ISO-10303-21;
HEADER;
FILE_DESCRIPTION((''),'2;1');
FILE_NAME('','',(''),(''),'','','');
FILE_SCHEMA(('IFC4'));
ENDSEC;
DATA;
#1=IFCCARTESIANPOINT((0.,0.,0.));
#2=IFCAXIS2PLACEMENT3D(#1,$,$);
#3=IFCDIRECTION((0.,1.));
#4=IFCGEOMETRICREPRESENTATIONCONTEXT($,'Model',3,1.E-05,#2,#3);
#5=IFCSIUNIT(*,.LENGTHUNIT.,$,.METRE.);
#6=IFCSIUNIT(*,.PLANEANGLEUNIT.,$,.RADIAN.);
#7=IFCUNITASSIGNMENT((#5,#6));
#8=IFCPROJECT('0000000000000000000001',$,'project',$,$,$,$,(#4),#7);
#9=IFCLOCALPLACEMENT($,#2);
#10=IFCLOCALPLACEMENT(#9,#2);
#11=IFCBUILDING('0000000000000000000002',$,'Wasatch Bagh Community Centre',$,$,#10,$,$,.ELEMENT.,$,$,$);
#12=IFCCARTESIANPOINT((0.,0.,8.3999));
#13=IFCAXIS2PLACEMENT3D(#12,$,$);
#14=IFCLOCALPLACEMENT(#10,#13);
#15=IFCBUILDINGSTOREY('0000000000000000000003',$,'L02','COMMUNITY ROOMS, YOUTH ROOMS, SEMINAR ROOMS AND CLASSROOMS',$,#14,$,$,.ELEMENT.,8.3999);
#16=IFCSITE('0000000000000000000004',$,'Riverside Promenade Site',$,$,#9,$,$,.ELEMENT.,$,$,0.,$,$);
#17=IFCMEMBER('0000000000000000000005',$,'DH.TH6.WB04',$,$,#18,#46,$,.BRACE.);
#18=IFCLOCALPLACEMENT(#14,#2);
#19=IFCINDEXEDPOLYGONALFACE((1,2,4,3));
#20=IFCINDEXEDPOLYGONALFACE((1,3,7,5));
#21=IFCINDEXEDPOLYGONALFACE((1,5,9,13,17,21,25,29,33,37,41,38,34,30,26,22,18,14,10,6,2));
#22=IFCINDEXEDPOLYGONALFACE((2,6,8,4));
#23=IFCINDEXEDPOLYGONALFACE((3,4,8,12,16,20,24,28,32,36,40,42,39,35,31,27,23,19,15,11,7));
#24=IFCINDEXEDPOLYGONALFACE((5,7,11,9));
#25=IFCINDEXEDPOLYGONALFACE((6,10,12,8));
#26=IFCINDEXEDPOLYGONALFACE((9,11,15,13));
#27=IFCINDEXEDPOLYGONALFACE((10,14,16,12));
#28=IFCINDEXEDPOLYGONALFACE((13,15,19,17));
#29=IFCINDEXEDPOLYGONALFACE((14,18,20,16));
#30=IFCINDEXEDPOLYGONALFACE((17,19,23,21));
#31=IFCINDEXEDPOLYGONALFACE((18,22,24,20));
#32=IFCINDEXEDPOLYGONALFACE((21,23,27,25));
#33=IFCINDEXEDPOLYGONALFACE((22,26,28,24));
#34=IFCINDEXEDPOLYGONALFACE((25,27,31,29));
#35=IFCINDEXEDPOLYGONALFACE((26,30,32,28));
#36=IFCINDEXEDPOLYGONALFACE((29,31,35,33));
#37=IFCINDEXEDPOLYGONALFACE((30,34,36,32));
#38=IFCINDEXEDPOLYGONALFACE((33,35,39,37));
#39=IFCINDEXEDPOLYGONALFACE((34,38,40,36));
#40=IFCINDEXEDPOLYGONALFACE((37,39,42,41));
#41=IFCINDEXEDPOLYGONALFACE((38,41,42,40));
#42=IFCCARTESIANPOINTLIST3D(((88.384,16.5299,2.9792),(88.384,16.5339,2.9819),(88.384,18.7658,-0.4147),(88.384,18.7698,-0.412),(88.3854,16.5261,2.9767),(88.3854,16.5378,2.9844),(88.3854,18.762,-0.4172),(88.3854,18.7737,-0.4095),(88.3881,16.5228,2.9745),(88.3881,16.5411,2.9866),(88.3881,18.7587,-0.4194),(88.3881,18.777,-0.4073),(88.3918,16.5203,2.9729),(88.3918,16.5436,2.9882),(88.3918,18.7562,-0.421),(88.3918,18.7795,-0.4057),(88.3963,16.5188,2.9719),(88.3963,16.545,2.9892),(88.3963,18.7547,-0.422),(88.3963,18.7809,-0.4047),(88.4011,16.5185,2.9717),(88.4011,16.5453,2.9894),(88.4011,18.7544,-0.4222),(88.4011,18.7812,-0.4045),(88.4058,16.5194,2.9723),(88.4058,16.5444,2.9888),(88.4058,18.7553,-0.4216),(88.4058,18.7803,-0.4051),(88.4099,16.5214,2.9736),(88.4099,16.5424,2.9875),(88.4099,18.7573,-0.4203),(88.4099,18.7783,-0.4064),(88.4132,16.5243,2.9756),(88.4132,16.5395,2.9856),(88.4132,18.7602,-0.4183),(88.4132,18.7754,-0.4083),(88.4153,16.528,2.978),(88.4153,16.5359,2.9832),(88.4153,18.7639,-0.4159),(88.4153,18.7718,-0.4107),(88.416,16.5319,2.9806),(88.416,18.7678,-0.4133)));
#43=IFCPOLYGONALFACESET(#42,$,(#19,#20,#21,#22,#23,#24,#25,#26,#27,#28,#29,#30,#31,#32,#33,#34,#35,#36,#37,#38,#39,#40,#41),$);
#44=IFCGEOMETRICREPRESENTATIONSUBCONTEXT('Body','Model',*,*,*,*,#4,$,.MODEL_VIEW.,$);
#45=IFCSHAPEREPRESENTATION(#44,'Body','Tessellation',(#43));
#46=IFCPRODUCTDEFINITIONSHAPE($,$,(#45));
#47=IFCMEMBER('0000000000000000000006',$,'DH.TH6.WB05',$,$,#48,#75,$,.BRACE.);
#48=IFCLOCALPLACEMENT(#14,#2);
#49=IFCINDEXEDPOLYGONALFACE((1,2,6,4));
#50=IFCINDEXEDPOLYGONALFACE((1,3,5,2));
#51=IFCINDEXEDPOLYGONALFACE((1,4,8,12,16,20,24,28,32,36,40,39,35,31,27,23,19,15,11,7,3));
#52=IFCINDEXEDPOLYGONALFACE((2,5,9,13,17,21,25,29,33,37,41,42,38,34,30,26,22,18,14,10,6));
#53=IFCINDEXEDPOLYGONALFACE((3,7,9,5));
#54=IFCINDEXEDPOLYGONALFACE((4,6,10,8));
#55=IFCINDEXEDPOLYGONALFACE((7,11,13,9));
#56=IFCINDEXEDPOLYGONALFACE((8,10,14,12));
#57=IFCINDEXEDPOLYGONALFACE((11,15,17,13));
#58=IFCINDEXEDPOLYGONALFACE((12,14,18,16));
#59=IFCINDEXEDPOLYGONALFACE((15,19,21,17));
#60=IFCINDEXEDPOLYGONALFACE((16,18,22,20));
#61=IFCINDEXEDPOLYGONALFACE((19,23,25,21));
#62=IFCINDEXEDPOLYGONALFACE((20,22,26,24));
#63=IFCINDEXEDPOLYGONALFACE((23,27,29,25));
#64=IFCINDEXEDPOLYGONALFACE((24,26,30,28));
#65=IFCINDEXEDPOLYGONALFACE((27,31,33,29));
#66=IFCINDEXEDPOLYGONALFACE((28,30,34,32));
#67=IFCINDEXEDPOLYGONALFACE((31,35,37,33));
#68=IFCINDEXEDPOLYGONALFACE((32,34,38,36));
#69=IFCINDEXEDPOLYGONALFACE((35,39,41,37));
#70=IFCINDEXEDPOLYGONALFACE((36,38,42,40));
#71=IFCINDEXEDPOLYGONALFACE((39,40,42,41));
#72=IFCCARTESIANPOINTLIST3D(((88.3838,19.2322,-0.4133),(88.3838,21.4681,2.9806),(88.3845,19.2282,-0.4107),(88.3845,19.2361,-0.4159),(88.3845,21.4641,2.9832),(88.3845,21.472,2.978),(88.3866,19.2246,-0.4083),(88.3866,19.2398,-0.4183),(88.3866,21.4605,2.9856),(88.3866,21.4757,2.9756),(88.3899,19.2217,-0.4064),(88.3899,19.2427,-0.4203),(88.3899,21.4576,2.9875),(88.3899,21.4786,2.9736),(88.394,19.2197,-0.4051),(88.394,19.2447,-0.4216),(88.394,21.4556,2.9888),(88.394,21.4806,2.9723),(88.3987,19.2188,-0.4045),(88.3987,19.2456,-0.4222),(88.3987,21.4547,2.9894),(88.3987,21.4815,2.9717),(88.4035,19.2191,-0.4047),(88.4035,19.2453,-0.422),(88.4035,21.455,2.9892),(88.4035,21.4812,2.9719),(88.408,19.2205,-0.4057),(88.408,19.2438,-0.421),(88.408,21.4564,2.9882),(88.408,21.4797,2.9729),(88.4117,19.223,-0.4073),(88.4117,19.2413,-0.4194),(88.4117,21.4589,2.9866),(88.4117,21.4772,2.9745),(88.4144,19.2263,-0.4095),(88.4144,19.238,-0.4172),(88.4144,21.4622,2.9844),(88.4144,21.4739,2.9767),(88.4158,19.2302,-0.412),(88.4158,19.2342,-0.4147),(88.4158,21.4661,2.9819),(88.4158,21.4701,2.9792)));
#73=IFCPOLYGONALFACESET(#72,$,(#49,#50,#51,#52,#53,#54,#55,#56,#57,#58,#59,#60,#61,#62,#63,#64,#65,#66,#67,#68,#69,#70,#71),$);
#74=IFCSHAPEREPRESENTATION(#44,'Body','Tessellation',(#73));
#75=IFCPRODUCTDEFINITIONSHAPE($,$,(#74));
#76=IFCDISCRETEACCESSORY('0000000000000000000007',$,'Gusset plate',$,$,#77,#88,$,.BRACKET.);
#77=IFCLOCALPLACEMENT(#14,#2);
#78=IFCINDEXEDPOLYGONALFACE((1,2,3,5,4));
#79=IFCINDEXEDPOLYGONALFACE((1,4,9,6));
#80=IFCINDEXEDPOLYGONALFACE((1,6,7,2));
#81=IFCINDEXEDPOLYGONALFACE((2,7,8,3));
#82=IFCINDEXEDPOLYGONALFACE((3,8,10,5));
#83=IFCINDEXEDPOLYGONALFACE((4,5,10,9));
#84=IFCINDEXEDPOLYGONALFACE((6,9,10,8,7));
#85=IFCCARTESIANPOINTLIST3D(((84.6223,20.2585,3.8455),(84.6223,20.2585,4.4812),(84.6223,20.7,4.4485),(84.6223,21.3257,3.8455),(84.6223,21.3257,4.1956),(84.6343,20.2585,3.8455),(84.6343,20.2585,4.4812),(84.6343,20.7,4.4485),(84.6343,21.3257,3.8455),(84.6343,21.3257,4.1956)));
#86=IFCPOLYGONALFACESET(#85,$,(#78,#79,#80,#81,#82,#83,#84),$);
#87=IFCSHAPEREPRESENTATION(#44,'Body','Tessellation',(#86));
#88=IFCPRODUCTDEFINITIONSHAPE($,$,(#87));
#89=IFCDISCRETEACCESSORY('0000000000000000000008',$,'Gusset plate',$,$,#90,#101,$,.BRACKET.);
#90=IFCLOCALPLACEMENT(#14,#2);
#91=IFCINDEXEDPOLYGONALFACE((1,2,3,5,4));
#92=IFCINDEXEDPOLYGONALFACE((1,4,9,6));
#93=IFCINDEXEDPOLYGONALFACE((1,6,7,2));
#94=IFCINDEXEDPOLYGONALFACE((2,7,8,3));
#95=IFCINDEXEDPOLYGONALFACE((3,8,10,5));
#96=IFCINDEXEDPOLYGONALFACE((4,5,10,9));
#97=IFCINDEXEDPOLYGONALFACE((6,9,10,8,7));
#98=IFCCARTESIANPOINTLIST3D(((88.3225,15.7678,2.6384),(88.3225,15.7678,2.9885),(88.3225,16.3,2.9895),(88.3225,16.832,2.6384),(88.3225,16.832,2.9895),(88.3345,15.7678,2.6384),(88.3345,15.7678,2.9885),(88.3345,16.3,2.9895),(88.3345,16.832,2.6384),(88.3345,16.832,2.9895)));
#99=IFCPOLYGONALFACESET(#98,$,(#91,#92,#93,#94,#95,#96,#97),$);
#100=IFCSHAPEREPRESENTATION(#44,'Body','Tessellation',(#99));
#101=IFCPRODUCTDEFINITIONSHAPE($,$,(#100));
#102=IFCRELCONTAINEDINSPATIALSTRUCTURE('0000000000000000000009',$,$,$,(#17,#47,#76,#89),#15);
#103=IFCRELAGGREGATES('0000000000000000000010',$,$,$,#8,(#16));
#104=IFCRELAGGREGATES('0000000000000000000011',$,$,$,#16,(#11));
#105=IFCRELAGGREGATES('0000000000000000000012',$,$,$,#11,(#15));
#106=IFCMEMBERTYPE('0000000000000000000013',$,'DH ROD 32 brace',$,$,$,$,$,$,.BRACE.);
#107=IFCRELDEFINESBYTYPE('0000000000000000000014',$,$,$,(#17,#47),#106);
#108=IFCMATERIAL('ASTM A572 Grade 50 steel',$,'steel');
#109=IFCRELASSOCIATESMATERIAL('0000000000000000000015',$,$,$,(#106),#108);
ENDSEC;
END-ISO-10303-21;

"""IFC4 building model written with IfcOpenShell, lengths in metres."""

from ifc_helpers import new_model, si_unit, direction, frame, origin, origin_2d, place, context, subcontext, project, spatial, polyline, circle, outline, extrude, material, material_profile, profile_set, type_object, element, save


model = new_model("IFC4")

# Units and contexts
model_context = context("Model", 3, precision=1e-05, world=origin(), true_north=direction((0.0, 1.0)))
body_context = subcontext(model_context, "Body", "Model", "MODEL_VIEW")
ifc_project = project(units=[si_unit("LENGTHUNIT", "METRE"), si_unit("PLANEANGLEUNIT", "RADIAN")], contexts=[model_context])

# Site, building, storey
site_placement = place(None, origin())
site = spatial("IfcSite", under=ifc_project, at=site_placement, Name="Riverside Promenade Site", CompositionType="ELEMENT", RefElevation=0.0)
building_placement = place(site_placement, origin())
building = spatial("IfcBuilding", under=site, at=building_placement, Name="Wasatch Bagh Community Centre", CompositionType="ELEMENT")
storey_placement = place(building_placement, frame((0.0, 0.0, 8.3999)))
storey = spatial("IfcBuildingStorey", under=building, at=storey_placement, Name="L02", Description="COMMUNITY ROOMS, YOUTH ROOMS, SEMINAR ROOMS AND CLASSROOMS", CompositionType="ELEMENT", Elevation=8.3999)

# Members
ifc_material_1 = material(Name="ASTM A572 Grade 50 steel", Category="steel")
ifc_material_profile_1 = material_profile(ifc_material_1, circle(Radius=0.0161, at=origin_2d()), Name="ROD 32")
ifc_profile_set_1 = profile_set([ifc_material_profile_1], Name="ASTM A572 Grade 50 steel")
member_type_1 = type_object("IfcMemberType", Name="DH ROD 32 brace", PredefinedType="BRACE", material=ifc_profile_set_1)
for number, where, z_axis, x_axis, name in (
    (1, (88.3999, 18.7678, -0.4133), (0.0, -0.550145, 0.835069), (1.0, 0.0, 0.0), "DH.TH6.WB04"),
    (2, (88.3999, 19.2322, -0.4133), (0.0, 0.550145, 0.835069), (-1.0, 0.0, 0.0), "DH.TH6.WB05"),
):
    element("IfcMember", number, at=place(storey_placement, frame(where, z_axis=z_axis, x_axis=x_axis)), inside=storey, type_object=member_type_1, Name=name, PredefinedType="BRACE", context=body_context, shape_type="SweptSolid", body=[
        extrude(circle(Radius=0.0161, at=origin_2d()), origin(), (0.0, 0.0, 1.0), 4.0642),
    ])

# Discrete accessories
discrete_accessory_1_placement = place(storey_placement, frame((84.6223, 20.2585, 4.4812), z_axis=(-1.0, 0.0, 0.0), x_axis=(0.0, 0.997265, -0.073912)))
element("IfcDiscreteAccessory", 3, at=discrete_accessory_1_placement, inside=storey, Name="Gusset plate", PredefinedType="BRACKET", context=body_context, shape_type="SweptSolid", body=[
    extrude(outline(polyline([(0.0, 0.0), (0.4426, 0.0), (1.0853, 0.206), (1.1112, 0.5551), (0.047, 0.634), (0.0, 0.0)])), origin(), (0.0, 0.0, -1.0), 0.012),
])
discrete_accessory_2_placement = place(storey_placement, frame((88.3225, 15.7678, 2.9885), z_axis=(-1.0, 0.0, 0.0), x_axis=(0.0, 0.999998, 0.001835)))
element("IfcDiscreteAccessory", 4, at=discrete_accessory_2_placement, inside=storey, Name="Gusset plate", PredefinedType="BRACKET", context=body_context, shape_type="SweptSolid", body=[
    extrude(outline(polyline([(0.0, 0.0), (0.5322, 0.0), (1.0642, 0.001), (1.0636, 0.352), (-0.0006, 0.3501), (0.0, 0.0)])), origin(), (0.0, 0.0, -1.0), 0.012),
])

save(model, "model.ifc")
